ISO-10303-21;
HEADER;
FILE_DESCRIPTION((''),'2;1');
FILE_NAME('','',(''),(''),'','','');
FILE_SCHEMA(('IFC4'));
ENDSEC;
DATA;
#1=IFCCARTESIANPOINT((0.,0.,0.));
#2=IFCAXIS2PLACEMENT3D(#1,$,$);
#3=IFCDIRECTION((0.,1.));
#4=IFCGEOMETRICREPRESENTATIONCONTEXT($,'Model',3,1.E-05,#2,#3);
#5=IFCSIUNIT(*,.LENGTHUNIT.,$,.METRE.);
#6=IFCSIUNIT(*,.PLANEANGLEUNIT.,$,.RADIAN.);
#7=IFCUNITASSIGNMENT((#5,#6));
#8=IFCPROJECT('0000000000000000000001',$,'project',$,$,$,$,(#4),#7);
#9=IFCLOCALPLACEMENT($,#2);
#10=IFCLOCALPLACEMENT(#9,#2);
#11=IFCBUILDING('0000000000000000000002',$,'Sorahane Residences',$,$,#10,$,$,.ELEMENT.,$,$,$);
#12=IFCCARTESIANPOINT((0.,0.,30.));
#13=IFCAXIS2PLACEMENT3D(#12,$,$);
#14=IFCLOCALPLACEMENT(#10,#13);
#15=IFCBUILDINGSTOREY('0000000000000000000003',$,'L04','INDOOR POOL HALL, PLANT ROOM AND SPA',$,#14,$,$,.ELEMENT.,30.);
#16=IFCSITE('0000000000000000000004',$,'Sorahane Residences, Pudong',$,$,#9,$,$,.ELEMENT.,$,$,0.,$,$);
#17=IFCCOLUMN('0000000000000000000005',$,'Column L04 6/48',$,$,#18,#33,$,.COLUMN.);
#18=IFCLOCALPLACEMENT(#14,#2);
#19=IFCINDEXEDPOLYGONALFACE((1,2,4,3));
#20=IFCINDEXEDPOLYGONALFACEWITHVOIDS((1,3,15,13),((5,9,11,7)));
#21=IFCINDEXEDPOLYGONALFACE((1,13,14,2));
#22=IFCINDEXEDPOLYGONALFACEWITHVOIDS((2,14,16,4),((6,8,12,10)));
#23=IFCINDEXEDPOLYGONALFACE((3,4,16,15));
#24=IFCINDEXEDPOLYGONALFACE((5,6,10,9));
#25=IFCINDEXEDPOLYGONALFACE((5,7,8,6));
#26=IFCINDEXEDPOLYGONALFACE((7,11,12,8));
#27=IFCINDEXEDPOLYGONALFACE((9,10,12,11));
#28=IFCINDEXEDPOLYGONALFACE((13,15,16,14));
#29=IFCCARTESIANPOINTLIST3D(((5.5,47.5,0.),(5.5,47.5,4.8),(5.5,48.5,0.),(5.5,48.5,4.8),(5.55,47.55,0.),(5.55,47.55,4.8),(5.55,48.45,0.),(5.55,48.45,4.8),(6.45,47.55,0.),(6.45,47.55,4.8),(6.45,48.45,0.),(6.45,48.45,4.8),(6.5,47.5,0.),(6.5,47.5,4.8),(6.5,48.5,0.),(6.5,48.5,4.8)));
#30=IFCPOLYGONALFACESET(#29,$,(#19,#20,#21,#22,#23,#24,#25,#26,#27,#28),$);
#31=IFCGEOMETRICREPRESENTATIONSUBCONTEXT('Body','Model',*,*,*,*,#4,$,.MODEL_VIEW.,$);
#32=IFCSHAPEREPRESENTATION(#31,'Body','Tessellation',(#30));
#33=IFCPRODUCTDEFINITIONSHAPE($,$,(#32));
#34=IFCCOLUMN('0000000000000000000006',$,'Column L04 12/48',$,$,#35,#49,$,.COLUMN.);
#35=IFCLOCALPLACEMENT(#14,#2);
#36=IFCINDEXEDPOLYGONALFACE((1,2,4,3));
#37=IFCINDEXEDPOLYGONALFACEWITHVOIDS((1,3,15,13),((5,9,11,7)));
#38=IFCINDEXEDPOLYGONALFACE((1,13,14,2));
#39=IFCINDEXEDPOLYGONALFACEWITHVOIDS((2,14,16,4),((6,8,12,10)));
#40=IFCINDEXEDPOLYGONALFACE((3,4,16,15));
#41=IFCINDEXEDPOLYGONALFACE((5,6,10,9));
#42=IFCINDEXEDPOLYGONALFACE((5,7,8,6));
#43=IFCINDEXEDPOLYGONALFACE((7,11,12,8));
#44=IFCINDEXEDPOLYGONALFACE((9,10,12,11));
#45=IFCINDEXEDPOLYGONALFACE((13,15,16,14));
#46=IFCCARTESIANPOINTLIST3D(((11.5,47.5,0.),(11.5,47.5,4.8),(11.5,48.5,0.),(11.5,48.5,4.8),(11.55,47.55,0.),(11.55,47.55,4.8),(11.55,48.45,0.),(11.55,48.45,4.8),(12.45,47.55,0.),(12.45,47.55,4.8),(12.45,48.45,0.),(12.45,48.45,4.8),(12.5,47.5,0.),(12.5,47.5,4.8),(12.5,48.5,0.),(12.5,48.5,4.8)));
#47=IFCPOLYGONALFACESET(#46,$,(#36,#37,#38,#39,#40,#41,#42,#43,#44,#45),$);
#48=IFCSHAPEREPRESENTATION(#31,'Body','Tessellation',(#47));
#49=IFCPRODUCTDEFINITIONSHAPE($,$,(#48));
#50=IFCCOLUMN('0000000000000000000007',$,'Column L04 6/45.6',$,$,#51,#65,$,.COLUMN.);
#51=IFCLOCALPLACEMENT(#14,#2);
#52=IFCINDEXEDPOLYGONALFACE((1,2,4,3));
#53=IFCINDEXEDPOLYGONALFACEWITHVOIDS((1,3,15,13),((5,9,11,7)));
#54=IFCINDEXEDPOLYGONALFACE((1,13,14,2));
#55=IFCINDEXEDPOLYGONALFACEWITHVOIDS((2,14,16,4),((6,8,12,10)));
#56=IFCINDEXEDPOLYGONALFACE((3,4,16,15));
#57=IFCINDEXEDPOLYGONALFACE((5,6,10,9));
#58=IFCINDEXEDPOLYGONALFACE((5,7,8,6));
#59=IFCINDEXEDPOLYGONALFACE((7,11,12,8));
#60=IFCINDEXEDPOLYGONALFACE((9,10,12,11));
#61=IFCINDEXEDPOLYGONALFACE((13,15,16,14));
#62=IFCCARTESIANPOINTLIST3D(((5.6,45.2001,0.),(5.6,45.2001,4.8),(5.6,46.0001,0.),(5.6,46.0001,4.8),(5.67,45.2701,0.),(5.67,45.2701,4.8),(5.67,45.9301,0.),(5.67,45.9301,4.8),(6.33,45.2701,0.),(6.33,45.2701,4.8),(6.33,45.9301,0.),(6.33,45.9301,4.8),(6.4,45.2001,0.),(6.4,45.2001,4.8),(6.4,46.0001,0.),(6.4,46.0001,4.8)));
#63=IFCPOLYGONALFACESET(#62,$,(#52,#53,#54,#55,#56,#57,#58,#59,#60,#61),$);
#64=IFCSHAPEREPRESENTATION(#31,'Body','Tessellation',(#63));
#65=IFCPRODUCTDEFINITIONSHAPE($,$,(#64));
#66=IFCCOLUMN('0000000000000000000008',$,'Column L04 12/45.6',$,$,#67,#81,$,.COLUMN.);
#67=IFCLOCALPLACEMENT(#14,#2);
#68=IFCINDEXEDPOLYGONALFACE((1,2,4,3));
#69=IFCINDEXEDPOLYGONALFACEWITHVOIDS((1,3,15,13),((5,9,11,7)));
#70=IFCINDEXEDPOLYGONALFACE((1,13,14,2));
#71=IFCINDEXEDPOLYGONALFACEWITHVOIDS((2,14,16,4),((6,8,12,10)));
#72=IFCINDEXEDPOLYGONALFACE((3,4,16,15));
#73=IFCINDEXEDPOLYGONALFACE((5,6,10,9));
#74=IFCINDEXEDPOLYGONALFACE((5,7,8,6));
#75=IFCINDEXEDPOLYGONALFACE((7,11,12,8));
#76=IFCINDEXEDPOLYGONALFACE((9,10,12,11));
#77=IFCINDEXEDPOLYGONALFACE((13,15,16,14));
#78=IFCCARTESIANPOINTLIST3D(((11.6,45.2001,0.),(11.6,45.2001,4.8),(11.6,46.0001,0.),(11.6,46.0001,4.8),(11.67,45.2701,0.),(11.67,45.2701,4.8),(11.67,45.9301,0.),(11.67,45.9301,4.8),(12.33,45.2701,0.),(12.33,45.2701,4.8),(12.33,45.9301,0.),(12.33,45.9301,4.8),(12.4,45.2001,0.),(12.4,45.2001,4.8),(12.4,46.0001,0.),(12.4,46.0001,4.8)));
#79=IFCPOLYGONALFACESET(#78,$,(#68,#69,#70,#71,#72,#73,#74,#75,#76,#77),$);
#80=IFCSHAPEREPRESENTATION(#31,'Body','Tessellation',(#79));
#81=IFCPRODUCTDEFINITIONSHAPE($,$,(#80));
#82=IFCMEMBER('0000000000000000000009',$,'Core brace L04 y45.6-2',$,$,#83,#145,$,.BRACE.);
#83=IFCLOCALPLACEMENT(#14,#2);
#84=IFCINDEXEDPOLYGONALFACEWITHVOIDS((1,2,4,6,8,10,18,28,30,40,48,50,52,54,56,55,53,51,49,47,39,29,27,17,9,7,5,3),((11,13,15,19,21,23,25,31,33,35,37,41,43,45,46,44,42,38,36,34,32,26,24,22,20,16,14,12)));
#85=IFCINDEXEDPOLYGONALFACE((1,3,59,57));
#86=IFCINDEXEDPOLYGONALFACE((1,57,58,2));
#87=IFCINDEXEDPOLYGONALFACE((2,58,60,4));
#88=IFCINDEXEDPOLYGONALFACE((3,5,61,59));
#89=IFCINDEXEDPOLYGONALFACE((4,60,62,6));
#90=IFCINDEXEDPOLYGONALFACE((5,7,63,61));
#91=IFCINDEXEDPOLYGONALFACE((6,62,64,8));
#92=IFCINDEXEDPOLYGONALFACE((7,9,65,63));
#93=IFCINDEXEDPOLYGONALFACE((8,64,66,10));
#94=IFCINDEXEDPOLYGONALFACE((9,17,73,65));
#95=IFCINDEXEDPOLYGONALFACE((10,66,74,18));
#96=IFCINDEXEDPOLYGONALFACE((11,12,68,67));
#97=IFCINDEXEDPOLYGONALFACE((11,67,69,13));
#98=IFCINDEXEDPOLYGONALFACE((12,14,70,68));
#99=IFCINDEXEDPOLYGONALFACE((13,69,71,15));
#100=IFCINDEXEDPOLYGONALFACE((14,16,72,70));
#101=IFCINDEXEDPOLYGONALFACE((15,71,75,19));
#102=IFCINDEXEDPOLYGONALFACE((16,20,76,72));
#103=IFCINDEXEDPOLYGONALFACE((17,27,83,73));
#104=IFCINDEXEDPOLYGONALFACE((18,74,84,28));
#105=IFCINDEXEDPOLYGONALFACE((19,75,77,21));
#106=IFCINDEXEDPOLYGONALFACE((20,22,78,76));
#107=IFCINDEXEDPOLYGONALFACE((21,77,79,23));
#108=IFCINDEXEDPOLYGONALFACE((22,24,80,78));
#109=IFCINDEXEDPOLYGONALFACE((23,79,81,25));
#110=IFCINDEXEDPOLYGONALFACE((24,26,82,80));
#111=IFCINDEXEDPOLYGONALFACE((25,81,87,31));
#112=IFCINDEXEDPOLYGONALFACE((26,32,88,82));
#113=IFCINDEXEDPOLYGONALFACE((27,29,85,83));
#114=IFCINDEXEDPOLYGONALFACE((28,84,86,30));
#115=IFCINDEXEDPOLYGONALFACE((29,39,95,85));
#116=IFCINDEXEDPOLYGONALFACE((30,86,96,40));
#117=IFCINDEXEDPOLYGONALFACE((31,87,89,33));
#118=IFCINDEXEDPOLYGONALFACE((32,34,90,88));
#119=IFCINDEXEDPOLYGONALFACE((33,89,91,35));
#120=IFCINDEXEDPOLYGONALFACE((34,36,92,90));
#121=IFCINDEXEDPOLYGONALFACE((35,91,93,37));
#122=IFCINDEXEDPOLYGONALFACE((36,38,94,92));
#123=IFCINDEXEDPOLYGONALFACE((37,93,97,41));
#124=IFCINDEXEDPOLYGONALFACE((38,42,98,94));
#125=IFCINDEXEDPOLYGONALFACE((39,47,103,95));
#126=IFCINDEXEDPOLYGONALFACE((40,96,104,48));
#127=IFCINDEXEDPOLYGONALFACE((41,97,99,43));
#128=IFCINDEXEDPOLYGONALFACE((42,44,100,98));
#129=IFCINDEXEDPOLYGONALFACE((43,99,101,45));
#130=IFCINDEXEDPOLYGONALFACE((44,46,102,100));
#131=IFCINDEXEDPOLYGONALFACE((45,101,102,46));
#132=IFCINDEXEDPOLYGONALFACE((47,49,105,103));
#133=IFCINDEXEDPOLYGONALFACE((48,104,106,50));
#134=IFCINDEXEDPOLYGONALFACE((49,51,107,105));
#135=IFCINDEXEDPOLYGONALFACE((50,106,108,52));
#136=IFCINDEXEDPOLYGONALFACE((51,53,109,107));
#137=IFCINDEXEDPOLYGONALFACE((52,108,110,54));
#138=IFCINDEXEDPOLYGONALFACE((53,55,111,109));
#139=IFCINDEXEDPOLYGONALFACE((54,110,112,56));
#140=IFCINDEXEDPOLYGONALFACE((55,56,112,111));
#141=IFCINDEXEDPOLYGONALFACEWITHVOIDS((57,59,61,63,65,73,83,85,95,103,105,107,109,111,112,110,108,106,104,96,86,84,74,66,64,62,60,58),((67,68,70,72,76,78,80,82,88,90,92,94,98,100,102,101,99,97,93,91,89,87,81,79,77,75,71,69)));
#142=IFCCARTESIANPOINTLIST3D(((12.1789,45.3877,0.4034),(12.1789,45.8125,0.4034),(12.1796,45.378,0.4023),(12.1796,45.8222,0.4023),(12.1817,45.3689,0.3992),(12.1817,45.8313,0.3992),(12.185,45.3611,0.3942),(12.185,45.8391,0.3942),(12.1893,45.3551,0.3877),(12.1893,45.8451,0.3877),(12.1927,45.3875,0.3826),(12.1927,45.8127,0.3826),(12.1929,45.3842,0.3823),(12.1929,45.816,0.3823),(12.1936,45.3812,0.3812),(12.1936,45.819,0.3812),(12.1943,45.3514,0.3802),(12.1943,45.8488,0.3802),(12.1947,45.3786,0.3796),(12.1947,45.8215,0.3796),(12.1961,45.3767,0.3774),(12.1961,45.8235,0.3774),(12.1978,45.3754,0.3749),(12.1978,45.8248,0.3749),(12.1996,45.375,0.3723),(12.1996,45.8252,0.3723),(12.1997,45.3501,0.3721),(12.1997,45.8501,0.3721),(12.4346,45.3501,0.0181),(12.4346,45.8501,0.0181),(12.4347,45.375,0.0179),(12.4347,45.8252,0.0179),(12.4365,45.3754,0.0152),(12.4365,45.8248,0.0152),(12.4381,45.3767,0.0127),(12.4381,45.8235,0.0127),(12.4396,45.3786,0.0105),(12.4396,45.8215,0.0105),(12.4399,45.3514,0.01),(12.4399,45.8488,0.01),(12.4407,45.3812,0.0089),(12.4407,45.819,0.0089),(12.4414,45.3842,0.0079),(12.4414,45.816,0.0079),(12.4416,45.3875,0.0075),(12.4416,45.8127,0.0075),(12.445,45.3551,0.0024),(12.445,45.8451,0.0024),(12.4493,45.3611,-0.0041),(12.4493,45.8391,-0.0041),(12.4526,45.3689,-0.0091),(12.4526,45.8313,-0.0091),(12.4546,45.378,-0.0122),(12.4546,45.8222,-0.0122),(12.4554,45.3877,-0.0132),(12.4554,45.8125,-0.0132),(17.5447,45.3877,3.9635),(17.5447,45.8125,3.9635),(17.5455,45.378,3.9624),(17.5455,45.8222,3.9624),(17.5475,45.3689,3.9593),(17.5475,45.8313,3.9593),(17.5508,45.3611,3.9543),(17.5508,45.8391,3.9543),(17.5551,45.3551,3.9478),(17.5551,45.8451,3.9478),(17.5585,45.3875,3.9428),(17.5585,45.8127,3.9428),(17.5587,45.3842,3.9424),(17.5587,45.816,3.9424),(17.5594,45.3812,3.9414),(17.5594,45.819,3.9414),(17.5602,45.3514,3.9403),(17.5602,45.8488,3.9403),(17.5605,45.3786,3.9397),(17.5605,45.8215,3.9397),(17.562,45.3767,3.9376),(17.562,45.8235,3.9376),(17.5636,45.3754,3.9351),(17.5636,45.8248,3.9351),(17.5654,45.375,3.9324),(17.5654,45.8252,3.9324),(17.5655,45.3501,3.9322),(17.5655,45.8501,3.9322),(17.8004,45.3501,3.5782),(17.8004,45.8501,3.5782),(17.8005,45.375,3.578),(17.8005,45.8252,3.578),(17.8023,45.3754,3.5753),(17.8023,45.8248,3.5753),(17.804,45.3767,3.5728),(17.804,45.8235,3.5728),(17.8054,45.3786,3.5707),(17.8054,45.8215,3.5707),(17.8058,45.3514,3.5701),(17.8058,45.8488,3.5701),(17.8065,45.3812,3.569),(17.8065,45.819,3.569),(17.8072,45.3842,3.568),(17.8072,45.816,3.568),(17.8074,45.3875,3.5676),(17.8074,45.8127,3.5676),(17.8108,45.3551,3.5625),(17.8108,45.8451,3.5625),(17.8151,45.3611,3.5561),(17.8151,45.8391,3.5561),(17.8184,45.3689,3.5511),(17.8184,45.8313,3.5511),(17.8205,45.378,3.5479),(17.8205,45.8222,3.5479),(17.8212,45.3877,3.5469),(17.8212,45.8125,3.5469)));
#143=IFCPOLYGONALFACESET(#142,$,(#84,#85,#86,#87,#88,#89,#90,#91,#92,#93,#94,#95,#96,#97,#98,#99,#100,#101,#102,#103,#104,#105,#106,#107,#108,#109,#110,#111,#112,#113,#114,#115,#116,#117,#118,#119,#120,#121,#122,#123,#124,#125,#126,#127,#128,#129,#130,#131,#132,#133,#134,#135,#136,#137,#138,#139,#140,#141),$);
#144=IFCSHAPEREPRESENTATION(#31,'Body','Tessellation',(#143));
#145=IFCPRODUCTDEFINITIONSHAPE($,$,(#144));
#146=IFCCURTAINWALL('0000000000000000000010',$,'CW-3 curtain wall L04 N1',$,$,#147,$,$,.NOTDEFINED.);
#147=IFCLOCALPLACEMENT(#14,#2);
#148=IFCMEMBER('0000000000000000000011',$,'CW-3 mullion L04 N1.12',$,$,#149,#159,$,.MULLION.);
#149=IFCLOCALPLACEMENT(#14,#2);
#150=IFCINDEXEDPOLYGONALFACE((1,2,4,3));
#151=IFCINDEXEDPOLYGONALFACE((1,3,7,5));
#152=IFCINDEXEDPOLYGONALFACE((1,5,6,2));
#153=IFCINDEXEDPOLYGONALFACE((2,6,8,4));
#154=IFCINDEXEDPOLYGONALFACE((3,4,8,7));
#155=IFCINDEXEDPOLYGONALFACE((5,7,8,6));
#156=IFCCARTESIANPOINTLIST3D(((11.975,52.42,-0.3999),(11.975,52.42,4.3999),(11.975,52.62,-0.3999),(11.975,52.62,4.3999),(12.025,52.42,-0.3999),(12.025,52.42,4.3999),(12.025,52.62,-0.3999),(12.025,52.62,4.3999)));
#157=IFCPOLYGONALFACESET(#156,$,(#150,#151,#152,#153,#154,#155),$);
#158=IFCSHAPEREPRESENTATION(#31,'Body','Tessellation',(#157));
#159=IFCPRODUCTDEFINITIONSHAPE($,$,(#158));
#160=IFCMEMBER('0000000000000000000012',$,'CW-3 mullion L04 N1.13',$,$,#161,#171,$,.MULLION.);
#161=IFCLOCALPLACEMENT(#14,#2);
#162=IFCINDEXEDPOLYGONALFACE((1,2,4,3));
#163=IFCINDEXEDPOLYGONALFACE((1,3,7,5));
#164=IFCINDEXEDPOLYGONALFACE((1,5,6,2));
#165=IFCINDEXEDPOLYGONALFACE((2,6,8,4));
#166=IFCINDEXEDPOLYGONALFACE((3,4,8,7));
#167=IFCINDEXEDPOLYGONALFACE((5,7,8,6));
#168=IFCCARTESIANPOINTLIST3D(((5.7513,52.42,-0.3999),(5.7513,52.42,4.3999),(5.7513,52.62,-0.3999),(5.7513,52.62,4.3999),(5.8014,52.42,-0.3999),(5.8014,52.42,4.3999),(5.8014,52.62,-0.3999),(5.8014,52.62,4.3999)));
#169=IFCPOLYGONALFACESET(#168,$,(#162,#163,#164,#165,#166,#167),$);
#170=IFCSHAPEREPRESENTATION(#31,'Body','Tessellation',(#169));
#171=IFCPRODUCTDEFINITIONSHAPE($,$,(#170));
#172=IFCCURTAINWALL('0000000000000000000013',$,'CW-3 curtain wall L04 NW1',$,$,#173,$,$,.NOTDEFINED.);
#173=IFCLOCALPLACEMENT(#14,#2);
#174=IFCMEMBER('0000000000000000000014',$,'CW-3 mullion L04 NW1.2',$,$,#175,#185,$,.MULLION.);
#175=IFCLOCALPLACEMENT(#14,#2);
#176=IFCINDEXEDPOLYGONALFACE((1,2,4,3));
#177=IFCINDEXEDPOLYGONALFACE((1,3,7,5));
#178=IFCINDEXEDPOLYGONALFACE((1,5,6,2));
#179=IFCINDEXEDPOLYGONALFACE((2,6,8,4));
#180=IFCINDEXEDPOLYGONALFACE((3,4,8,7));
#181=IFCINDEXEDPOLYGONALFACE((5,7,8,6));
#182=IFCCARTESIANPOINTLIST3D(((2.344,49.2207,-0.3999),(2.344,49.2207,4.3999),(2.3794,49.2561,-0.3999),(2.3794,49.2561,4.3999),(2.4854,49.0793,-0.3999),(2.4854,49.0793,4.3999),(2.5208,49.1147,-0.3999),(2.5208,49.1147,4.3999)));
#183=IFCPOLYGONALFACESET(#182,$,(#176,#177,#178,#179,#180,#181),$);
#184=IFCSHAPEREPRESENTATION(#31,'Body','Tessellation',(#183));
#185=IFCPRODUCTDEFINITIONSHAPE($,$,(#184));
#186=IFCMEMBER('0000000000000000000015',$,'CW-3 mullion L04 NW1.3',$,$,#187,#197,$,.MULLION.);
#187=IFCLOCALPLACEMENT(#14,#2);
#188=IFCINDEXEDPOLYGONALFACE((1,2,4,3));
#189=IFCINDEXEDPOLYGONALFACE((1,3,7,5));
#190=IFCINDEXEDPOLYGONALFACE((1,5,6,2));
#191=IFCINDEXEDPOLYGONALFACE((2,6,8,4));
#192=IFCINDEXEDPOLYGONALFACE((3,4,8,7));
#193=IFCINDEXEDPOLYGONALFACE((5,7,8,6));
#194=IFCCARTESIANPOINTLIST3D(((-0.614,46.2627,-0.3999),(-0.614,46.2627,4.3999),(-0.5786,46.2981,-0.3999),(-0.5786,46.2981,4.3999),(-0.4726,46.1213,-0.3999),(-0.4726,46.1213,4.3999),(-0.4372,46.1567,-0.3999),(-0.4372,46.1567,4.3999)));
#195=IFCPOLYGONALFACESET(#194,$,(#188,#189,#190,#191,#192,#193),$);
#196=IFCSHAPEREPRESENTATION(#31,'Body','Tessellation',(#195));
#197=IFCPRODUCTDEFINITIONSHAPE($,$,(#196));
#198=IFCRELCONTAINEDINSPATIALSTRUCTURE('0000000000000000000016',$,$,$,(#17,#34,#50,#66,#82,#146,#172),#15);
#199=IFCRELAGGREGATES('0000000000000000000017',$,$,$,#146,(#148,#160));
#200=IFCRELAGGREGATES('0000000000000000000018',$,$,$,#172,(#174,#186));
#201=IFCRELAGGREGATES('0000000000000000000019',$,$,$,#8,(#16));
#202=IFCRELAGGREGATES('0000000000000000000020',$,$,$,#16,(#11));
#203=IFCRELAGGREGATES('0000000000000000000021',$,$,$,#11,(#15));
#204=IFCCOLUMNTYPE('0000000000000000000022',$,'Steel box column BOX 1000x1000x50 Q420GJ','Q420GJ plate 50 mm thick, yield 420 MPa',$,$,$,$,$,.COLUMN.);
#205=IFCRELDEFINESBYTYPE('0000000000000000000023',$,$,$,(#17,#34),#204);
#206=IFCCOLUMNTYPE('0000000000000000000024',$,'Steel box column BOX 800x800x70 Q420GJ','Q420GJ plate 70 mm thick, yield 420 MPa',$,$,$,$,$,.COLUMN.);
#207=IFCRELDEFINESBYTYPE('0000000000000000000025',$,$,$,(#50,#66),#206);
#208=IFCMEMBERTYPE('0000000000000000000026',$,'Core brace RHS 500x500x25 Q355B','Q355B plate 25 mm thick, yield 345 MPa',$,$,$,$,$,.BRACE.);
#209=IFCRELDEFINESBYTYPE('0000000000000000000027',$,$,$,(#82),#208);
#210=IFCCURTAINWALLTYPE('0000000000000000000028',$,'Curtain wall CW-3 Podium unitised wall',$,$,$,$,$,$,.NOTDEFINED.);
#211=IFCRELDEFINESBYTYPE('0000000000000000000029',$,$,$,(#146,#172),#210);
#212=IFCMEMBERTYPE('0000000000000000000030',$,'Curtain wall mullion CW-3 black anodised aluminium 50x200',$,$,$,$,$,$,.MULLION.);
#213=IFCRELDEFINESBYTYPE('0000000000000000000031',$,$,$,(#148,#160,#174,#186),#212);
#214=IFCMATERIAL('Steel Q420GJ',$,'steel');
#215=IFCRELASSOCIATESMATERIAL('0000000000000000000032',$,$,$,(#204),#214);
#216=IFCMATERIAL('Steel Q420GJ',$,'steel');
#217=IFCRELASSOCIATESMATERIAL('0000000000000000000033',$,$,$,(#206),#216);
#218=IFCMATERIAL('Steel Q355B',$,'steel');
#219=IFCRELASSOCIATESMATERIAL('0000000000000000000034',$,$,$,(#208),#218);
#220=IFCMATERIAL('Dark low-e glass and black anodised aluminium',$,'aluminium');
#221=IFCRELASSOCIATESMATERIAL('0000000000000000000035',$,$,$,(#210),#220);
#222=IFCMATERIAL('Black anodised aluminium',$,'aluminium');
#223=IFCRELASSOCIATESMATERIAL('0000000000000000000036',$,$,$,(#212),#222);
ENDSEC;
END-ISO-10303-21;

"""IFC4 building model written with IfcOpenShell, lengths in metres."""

from ifc_helpers import new_model, si_unit, direction, frame, origin, origin_2d, place, context, subcontext, project, spatial, rectangle, hollow_rectangle, extrude, material, material_profile, profile_set, type_object, element, aggregate, save


model = new_model("IFC4")

# Units and contexts
model_context = context("Model", 3, precision=1e-05, world=origin(), true_north=direction((0.0, 1.0)))
body_context = subcontext(model_context, "Body", "Model", "MODEL_VIEW")
ifc_project = project(units=[si_unit("LENGTHUNIT", "METRE"), si_unit("PLANEANGLEUNIT", "RADIAN")], contexts=[model_context])

# Site, building, storey
site_placement = place(None, origin())
site = spatial("IfcSite", under=ifc_project, at=site_placement, Name="Sorahane Residences, Pudong", CompositionType="ELEMENT", RefElevation=0.0)
building_placement = place(site_placement, origin())
building = spatial("IfcBuilding", under=site, at=building_placement, Name="Sorahane Residences", CompositionType="ELEMENT")
storey_placement = place(building_placement, frame((0.0, 0.0, 30.0)))
storey = spatial("IfcBuildingStorey", under=building, at=storey_placement, Name="L04", Description="INDOOR POOL HALL, PLANT ROOM AND SPA", CompositionType="ELEMENT", Elevation=30.0)

# Columns
ifc_material_1 = material(Name="Steel Q420GJ", Category="steel")
ifc_material_profile_1 = material_profile(ifc_material_1, hollow_rectangle(XDim=1.0, YDim=1.0, WallThickness=0.05, at=origin_2d()), Name="BOX 1000x1000x50")
ifc_profile_set_1 = profile_set([ifc_material_profile_1], Name="Steel Q420GJ")
column_type_1 = type_object("IfcColumnType", Name="Steel box column BOX 1000x1000x50 Q420GJ", Description="Q420GJ plate 50 mm thick, yield 420 MPa", PredefinedType="COLUMN", material=ifc_profile_set_1)
for number, where, z_axis, x_axis, name in (
    (1, (6.0, 48.0, 0.0), (0.0, 0.0, 1.0), (1.0, 0.0, 0.0), "Column L04 6/48"),
    (2, (12.0, 48.0, 0.0), (0.0, 0.0, 1.0), (1.0, 0.0, 0.0), "Column L04 12/48"),
):
    element("IfcColumn", number, at=place(storey_placement, frame(where, z_axis=z_axis, x_axis=x_axis)), inside=storey, type_object=column_type_1, Name=name, PredefinedType="COLUMN", context=body_context, shape_type="SweptSolid", body=[
        extrude(hollow_rectangle(XDim=1.0, YDim=1.0, WallThickness=0.05, at=origin_2d()), origin(), (0.0, 0.0, 1.0), 4.8),
    ])
ifc_material_2 = material(Name="Steel Q420GJ", Category="steel")
ifc_material_profile_2 = material_profile(ifc_material_2, hollow_rectangle(XDim=0.8, YDim=0.8, WallThickness=0.0701, at=origin_2d()), Name="BOX 800x800x70")
ifc_profile_set_2 = profile_set([ifc_material_profile_2], Name="Steel Q420GJ")
column_type_2 = type_object("IfcColumnType", Name="Steel box column BOX 800x800x70 Q420GJ", Description="Q420GJ plate 70 mm thick, yield 420 MPa", PredefinedType="COLUMN", material=ifc_profile_set_2)
for number, where, z_axis, x_axis, name in (
    (3, (6.0, 45.6001, 0.0), (0.0, 0.0, 1.0), (1.0, 0.0, 0.0), "Column L04 6/45.6"),
    (4, (12.0, 45.6001, 0.0), (0.0, 0.0, 1.0), (1.0, 0.0, 0.0), "Column L04 12/45.6"),
):
    element("IfcColumn", number, at=place(storey_placement, frame(where, z_axis=z_axis, x_axis=x_axis)), inside=storey, type_object=column_type_2, Name=name, PredefinedType="COLUMN", context=body_context, shape_type="SweptSolid", body=[
        extrude(hollow_rectangle(XDim=0.8, YDim=0.8, WallThickness=0.0701, at=origin_2d()), origin(), (0.0, 0.0, 1.0), 4.8),
    ])

# Member
ifc_material_3 = material(Name="Steel Q355B", Category="steel")
ifc_material_profile_3 = material_profile(ifc_material_3, hollow_rectangle(XDim=0.5, YDim=0.5, WallThickness=0.0249, InnerFilletRadius=0.0125, OuterFilletRadius=0.0376, at=origin_2d()), Name="RHS 500x500x25")
ifc_profile_set_3 = profile_set([ifc_material_profile_3], Name="Steel Q355B")
member_type_1 = type_object("IfcMemberType", Name="Core brace RHS 500x500x25 Q355B", Description="Q355B plate 25 mm thick, yield 345 MPa", PredefinedType="BRACE", material=ifc_profile_set_3)
member_1_placement = place(storey_placement, frame((12.3171, 45.6001, 0.1951), z_axis=(0.833273, 0.0, 0.552861), x_axis=(0.0, 1.0, 0.0)))
element("IfcMember", 5, at=member_1_placement, inside=storey, type_object=member_type_1, Name="Core brace L04 y45.6-2", PredefinedType="BRACE", context=body_context, shape_type="SweptSolid", body=[
    extrude(hollow_rectangle(XDim=0.5, YDim=0.5, WallThickness=0.0249, InnerFilletRadius=0.0125, OuterFilletRadius=0.0376, at=origin_2d()), origin(), (0.0, 0.0, 1.0), 6.4395),
])

# Curtain walls, members
ifc_material_4 = material(Name="Dark low-e glass and black anodised aluminium", Category="aluminium")
curtain_wall_type = type_object("IfcCurtainWallType", Name="Curtain wall CW-3 Podium unitised wall", PredefinedType="NOTDEFINED", material=ifc_material_4)
curtain_wall_1_placement = place(storey_placement, origin())
curtain_wall_1 = element("IfcCurtainWall", 6, at=curtain_wall_1_placement, inside=storey, type_object=curtain_wall_type, Name="CW-3 curtain wall L04 N1", PredefinedType="NOTDEFINED")
ifc_material_5 = material(Name="Black anodised aluminium", Category="aluminium")
ifc_material_profile_4 = material_profile(ifc_material_5, rectangle(XDim=0.2, YDim=0.05, at=origin_2d()), Name="Curtain wall mullion CW-3 black anodised aluminium 50x200")
ifc_profile_set_4 = profile_set([ifc_material_profile_4], Name="Black anodised aluminium")
member_type_2 = type_object("IfcMemberType", Name="Curtain wall mullion CW-3 black anodised aluminium 50x200", PredefinedType="MULLION", material=ifc_profile_set_4)
member_2_placement = place(storey_placement, frame((12.0, 52.52, -0.3999), z_axis=(0.0, 0.0, 1.0), x_axis=(0.0, 1.0, 0.0)))
member_2 = element("IfcMember", 7, at=member_2_placement, type_object=member_type_2, Name="CW-3 mullion L04 N1.12", PredefinedType="MULLION", context=body_context, shape_type="SweptSolid", body=[
    extrude(rectangle(XDim=0.2, YDim=0.05, at=origin_2d()), origin(), (0.0, 0.0, 1.0), 4.7998),
])
member_3_placement = place(storey_placement, frame((5.7764, 52.52, -0.3999), z_axis=(0.0, 0.0, 1.0), x_axis=(0.0, 1.0, 0.0)))
member_3 = element("IfcMember", 8, at=member_3_placement, type_object=member_type_2, Name="CW-3 mullion L04 N1.13", PredefinedType="MULLION", context=body_context, shape_type="SweptSolid", body=[
    extrude(rectangle(XDim=0.2, YDim=0.05, at=origin_2d()), origin(), (0.0, 0.0, 1.0), 4.7998),
])
curtain_wall_2_placement = place(storey_placement, origin())
curtain_wall_2 = element("IfcCurtainWall", 9, at=curtain_wall_2_placement, inside=storey, type_object=curtain_wall_type, Name="CW-3 curtain wall L04 NW1", PredefinedType="NOTDEFINED")
member_4_placement = place(storey_placement, frame((2.4324, 49.1677, -0.3999), z_axis=(0.0, 0.0, 1.0), x_axis=(-0.707107, 0.707107, 0.0)))
member_4 = element("IfcMember", 10, at=member_4_placement, type_object=member_type_2, Name="CW-3 mullion L04 NW1.2", PredefinedType="MULLION", context=body_context, shape_type="SweptSolid", body=[
    extrude(rectangle(XDim=0.2, YDim=0.05, at=origin_2d()), origin(), (0.0, 0.0, 1.0), 4.7998),
])
member_5_placement = place(storey_placement, frame((-0.5256, 46.2097, -0.3999), z_axis=(0.0, 0.0, 1.0), x_axis=(-0.707107, 0.707107, 0.0)))
member_5 = element("IfcMember", 11, at=member_5_placement, type_object=member_type_2, Name="CW-3 mullion L04 NW1.3", PredefinedType="MULLION", context=body_context, shape_type="SweptSolid", body=[
    extrude(rectangle(XDim=0.2, YDim=0.05, at=origin_2d()), origin(), (0.0, 0.0, 1.0), 4.7998),
])

aggregate(curtain_wall_1, [member_2, member_3])
aggregate(curtain_wall_2, [member_4, member_5])

save(model, "model.ifc")
